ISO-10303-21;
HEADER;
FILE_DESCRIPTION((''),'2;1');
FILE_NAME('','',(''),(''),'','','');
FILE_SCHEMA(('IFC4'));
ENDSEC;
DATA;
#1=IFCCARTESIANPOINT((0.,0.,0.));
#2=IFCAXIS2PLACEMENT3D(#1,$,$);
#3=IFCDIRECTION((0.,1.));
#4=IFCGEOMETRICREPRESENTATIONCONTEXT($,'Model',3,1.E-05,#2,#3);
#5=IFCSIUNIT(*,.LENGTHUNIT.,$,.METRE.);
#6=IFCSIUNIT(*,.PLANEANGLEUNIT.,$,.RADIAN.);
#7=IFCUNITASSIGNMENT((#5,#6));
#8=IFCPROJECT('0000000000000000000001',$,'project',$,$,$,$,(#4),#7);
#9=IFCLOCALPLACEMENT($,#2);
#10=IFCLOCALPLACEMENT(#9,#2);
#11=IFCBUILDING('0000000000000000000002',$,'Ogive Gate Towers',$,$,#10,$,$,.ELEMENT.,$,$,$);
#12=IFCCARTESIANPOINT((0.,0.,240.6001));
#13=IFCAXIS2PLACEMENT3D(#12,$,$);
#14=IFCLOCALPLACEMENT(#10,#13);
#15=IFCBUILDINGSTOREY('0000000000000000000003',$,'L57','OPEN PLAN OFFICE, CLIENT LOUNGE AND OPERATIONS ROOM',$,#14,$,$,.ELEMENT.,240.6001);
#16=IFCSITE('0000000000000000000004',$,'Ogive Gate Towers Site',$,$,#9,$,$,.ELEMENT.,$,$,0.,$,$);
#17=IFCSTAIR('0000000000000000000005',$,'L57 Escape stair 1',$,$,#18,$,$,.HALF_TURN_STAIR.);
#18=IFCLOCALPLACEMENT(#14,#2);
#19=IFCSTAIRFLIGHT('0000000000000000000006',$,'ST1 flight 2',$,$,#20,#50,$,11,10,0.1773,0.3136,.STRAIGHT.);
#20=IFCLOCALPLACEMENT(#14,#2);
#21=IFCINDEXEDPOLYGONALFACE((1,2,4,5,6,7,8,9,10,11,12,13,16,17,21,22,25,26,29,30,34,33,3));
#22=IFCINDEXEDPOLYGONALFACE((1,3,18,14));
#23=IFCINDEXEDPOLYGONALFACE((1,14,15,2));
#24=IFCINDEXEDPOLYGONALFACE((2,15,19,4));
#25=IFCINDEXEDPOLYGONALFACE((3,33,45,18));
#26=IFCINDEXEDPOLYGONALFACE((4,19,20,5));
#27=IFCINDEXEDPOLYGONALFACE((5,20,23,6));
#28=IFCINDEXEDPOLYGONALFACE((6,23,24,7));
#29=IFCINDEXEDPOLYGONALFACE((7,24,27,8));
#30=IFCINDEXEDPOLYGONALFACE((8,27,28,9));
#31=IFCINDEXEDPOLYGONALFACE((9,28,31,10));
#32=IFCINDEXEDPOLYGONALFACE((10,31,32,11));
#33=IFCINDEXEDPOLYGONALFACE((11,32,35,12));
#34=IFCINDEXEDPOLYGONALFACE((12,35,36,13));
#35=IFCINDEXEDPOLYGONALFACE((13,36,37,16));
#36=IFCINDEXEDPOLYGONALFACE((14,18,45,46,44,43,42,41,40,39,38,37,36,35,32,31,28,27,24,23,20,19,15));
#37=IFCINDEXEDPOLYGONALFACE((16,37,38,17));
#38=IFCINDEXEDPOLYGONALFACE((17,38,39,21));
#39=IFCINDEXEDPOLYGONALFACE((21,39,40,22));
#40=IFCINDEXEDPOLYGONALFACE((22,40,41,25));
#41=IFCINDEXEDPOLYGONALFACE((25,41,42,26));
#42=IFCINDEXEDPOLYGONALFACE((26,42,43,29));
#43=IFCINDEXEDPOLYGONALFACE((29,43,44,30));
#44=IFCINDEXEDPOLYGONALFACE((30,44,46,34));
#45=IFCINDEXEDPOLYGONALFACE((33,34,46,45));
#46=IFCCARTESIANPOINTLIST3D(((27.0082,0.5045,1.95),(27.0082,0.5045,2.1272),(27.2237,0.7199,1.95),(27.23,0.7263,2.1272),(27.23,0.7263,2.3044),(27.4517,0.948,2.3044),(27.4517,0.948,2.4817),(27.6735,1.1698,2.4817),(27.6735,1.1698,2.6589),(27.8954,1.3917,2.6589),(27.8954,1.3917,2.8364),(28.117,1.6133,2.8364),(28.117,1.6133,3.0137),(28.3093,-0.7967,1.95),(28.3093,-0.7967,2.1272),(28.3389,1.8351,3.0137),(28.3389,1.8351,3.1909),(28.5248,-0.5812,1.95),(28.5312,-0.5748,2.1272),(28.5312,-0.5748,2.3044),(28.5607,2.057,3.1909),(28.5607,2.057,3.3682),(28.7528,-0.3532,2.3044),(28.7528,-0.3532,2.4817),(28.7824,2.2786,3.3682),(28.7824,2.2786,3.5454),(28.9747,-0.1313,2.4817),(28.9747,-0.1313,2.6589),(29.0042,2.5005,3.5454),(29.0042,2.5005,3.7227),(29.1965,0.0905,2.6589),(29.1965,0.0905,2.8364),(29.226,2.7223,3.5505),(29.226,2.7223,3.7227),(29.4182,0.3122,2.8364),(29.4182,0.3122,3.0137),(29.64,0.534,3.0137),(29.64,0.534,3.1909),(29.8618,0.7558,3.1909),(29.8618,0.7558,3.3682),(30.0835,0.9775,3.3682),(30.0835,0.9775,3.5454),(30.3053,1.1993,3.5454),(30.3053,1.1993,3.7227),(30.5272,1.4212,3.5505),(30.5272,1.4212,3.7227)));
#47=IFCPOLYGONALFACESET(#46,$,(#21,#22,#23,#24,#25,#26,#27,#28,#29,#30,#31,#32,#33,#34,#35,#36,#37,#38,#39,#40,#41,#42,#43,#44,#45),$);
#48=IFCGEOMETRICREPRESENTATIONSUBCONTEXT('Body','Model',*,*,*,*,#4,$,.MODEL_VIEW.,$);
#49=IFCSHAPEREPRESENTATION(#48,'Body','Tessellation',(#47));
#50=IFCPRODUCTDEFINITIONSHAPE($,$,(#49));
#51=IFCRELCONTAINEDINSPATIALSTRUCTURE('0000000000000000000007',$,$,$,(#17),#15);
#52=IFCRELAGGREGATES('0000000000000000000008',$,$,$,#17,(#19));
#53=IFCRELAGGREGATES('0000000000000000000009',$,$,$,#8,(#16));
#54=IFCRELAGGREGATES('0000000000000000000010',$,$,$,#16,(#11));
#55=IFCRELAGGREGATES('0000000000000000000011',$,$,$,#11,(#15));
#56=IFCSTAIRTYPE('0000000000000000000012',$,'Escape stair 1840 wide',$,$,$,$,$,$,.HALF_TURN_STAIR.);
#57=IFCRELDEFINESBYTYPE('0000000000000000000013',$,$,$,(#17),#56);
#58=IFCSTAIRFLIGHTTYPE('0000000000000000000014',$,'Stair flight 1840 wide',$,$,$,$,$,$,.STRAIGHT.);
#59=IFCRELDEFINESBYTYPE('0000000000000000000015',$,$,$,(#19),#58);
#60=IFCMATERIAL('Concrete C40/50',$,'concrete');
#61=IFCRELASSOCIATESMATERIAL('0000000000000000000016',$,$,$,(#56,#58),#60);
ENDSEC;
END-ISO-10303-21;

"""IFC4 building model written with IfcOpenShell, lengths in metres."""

from ifc_helpers import new_model, si_unit, direction, frame, origin, place, context, subcontext, project, spatial, polyline, outline, extrude, material, type_object, element, aggregate, save


model = new_model("IFC4")

# Units and contexts
model_context = context("Model", 3, precision=1e-05, world=origin(), true_north=direction((0.0, 1.0)))
body_context = subcontext(model_context, "Body", "Model", "MODEL_VIEW")
ifc_project = project(units=[si_unit("LENGTHUNIT", "METRE"), si_unit("PLANEANGLEUNIT", "RADIAN")], contexts=[model_context])

# Site, building, storey
site_placement = place(None, origin())
site = spatial("IfcSite", under=ifc_project, at=site_placement, Name="Ogive Gate Towers Site", CompositionType="ELEMENT", RefElevation=0.0)
building_placement = place(site_placement, origin())
building = spatial("IfcBuilding", under=site, at=building_placement, Name="Ogive Gate Towers", CompositionType="ELEMENT")
storey_placement = place(building_placement, frame((0.0, 0.0, 240.6001)))
storey = spatial("IfcBuildingStorey", under=building, at=storey_placement, Name="L57", Description="OPEN PLAN OFFICE, CLIENT LOUNGE AND OPERATIONS ROOM", CompositionType="ELEMENT", Elevation=240.6001)

# Stair, stair flight
ifc_material_1 = material(Name="Concrete C40/50", Category="concrete")
stair_type = type_object("IfcStairType", Name="Escape stair 1840 wide", PredefinedType="HALF_TURN_STAIR", material=ifc_material_1)
stair_placement = place(storey_placement, origin())
stair = element("IfcStair", 1, at=stair_placement, inside=storey, type_object=stair_type, Name="L57 Escape stair 1", PredefinedType="HALF_TURN_STAIR")
stair_flight_type = type_object("IfcStairFlightType", Name="Stair flight 1840 wide", PredefinedType="STRAIGHT", material=ifc_material_1)
stair_flight_placement = place(storey_placement, frame((27.6587, -0.146, 1.95), z_axis=(0.0, 0.0, 1.0), x_axis=(0.707107, 0.707107, 0.0)))
stair_flight = element("IfcStairFlight", 2, at=stair_flight_placement, type_object=stair_flight_type, Name="ST1 flight 2", NumberOfRisers=11, NumberOfTreads=10, PredefinedType="STRAIGHT", RiserHeight=0.1773, TreadLength=0.3136, context=body_context, shape_type="SweptSolid", body=[
    extrude(outline(polyline([(0.0, 0.0), (0.0, 0.1772), (0.3137, 0.1772), (0.3137, 0.3545), (0.6272, 0.3545), (0.6272, 0.5317), (0.9409, 0.5317), (0.9409, 0.709), (1.2546, 0.709), (1.2546, 0.8865), (1.5681, 0.8865), (1.5681, 1.0637), (1.8818, 1.0637), (1.8818, 1.241), (2.1956, 1.241), (2.1956, 1.4182), (2.509, 1.4182), (2.509, 1.5955), (2.8228, 1.5955), (2.8228, 1.7727), (3.1365, 1.7727), (3.1365, 1.95), (3.1365, 1.6006), (0.3047, 0.0), (0.0, 0.0)])), frame((0.0, 0.9199, 0.0), z_axis=(0.0, -1.0, 0.0), x_axis=(1.0, 0.0, 0.0)), (0.0, 0.0, 1.0), 1.8401),
])
aggregate(stair, [stair_flight])

save(model, "model.ifc")
